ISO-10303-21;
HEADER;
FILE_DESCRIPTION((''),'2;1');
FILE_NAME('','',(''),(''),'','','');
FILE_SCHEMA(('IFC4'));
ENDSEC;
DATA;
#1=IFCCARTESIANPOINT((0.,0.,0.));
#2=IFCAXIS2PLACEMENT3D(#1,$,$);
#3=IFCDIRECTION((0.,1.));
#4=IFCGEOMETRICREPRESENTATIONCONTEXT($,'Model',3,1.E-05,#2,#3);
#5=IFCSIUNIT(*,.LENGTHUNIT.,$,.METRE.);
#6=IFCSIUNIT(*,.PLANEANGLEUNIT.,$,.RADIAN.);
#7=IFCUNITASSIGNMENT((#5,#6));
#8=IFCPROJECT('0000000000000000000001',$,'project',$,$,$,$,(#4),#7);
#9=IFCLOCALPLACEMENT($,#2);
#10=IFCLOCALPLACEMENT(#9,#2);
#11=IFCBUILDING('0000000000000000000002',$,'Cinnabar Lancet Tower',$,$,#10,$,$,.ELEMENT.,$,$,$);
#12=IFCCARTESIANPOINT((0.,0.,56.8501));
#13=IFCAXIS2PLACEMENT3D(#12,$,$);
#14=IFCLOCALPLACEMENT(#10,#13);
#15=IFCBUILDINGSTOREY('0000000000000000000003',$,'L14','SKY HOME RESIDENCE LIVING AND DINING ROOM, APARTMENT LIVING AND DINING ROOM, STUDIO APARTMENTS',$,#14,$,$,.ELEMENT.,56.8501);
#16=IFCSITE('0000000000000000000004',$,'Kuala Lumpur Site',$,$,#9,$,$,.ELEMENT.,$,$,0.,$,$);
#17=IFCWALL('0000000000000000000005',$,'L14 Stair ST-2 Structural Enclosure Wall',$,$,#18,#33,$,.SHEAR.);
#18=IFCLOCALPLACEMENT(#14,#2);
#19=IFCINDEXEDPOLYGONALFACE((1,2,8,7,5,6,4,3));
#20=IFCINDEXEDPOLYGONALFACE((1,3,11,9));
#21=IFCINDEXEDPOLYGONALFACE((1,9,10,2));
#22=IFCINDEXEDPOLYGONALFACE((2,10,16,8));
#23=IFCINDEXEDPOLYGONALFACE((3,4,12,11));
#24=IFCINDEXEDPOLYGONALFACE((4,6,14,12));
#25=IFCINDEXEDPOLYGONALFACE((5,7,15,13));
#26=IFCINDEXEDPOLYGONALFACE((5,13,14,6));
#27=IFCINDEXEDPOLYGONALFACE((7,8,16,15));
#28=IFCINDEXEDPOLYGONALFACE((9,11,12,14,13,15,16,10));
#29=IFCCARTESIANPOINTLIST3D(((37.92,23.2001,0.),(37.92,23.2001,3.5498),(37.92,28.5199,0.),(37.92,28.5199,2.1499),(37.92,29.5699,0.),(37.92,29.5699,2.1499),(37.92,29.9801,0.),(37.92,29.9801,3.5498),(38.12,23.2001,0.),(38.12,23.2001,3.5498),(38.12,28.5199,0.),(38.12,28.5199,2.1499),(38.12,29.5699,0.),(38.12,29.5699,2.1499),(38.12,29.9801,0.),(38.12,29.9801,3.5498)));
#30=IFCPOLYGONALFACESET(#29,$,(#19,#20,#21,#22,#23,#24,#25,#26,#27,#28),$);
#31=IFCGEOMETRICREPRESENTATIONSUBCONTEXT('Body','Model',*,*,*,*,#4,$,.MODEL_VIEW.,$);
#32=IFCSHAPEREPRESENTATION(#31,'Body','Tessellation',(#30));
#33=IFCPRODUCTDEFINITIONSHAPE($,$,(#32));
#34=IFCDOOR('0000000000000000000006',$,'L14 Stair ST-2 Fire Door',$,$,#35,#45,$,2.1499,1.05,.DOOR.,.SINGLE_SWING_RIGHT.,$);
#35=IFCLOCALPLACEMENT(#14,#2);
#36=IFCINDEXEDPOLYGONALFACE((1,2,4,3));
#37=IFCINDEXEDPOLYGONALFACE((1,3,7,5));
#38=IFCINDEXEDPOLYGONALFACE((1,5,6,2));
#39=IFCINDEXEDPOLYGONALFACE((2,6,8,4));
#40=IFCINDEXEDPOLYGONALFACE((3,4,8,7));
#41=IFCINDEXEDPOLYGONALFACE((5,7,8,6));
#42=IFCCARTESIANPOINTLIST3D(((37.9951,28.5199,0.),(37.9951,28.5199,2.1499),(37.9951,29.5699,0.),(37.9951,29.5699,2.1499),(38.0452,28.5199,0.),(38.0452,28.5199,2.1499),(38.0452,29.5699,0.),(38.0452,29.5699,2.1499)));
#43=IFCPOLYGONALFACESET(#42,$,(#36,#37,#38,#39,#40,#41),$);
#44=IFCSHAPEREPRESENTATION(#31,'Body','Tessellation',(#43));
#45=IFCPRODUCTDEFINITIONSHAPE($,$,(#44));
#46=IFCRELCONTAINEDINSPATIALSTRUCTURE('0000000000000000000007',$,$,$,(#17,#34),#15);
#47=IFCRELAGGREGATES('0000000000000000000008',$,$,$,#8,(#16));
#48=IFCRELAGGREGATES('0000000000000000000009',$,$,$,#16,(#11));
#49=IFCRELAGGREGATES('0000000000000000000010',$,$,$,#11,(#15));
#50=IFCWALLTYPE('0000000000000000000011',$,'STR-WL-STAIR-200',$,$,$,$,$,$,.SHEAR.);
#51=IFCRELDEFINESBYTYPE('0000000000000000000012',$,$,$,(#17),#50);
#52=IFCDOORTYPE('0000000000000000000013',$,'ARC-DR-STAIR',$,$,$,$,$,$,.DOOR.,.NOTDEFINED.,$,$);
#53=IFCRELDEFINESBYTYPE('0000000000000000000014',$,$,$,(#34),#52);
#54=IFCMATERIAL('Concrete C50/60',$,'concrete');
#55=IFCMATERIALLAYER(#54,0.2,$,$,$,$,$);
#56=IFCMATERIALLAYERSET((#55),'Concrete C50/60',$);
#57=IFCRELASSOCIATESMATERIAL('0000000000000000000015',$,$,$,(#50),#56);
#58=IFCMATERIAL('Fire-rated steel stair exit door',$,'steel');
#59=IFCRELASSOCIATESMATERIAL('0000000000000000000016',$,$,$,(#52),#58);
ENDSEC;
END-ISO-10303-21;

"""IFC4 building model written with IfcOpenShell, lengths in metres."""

from ifc_helpers import new_model, si_unit, direction, frame, frame_2d, origin, place, context, subcontext, project, spatial, rectangle, extrude, material, layer, layer_set, type_object, element, fill, save


model = new_model("IFC4")

# Units and contexts
model_context = context("Model", 3, precision=1e-05, world=origin(), true_north=direction((0.0, 1.0)))
body_context = subcontext(model_context, "Body", "Model", "MODEL_VIEW")
ifc_project = project(units=[si_unit("LENGTHUNIT", "METRE"), si_unit("PLANEANGLEUNIT", "RADIAN")], contexts=[model_context])

# Site, building, storey
site_placement = place(None, origin())
site = spatial("IfcSite", under=ifc_project, at=site_placement, Name="Kuala Lumpur Site", CompositionType="ELEMENT", RefElevation=0.0)
building_placement = place(site_placement, origin())
building = spatial("IfcBuilding", under=site, at=building_placement, Name="Cinnabar Lancet Tower", CompositionType="ELEMENT")
storey_placement = place(building_placement, frame((0.0, 0.0, 56.8501)))
storey = spatial("IfcBuildingStorey", under=building, at=storey_placement, Name="L14", Description="SKY HOME RESIDENCE LIVING AND DINING ROOM, APARTMENT LIVING AND DINING ROOM, STUDIO APARTMENTS", CompositionType="ELEMENT", Elevation=56.8501)

# Wall, opening, door
ifc_material_1 = material(Name="Concrete C50/60", Category="concrete")
ifc_layer_1 = layer(ifc_material_1, 0.2)
ifc_layer_set_1 = layer_set([ifc_layer_1], Name="Concrete C50/60")
wall_type_1 = type_object("IfcWallType", Name="STR-WL-STAIR-200", PredefinedType="SHEAR", material=ifc_layer_set_1)
wall_1_placement = place(storey_placement, frame((38.02, 23.2, 0.0), z_axis=(0.0, 0.0, 1.0), x_axis=(0.0, 1.0, 0.0)))
wall_1 = element("IfcWall", 1, at=wall_1_placement, inside=storey, type_object=wall_type_1, Name="L14 Stair ST-2 Structural Enclosure Wall", PredefinedType="SHEAR", context=body_context, shape_type="SweptSolid", body=[
    extrude(rectangle(XDim=6.78, YDim=0.2, at=frame_2d((3.3901, 0.0))), origin(), (0.0, 0.0, 1.0), 3.5498),
])
opening_1_placement = place(wall_1_placement, frame((5.3201, 0.0, 0.0)))
opening_1 = element("IfcOpeningElement", 2, at=opening_1_placement, cuts=wall_1, PredefinedType="OPENING", context=body_context, shape_type="SweptSolid", body=[
    extrude(rectangle(XDim=1.05, YDim=2.1499, at=frame_2d((0.5249, 1.075))), frame((0.0, 0.1099, 0.0), z_axis=(0.0, -1.0, 0.0), x_axis=(1.0, 0.0, 0.0)), (0.0, 0.0, 1.0), 0.22),
])
ifc_material_2 = material(Name="Fire-rated steel stair exit door", Category="steel")
door_type_1 = type_object("IfcDoorType", Name="ARC-DR-STAIR", OperationType="NOTDEFINED", PredefinedType="DOOR", material=ifc_material_2)
door_1_placement = place(opening_1_placement, origin())
door_1 = element("IfcDoor", 3, at=door_1_placement, inside=storey, type_object=door_type_1, Name="L14 Stair ST-2 Fire Door", OperationType="SINGLE_SWING_RIGHT", OverallHeight=2.1499, OverallWidth=1.05, PredefinedType="DOOR", context=body_context, shape_type="SweptSolid", body=[
    extrude(rectangle(XDim=1.05, YDim=2.1499, at=frame_2d((0.5249, 1.075))), frame((0.0, 0.0249, 0.0), z_axis=(0.0, -1.0, 0.0), x_axis=(1.0, 0.0, 0.0)), (0.0, 0.0, 1.0), 0.05),
])
fill(opening_1, door_1)

save(model, "model.ifc")
